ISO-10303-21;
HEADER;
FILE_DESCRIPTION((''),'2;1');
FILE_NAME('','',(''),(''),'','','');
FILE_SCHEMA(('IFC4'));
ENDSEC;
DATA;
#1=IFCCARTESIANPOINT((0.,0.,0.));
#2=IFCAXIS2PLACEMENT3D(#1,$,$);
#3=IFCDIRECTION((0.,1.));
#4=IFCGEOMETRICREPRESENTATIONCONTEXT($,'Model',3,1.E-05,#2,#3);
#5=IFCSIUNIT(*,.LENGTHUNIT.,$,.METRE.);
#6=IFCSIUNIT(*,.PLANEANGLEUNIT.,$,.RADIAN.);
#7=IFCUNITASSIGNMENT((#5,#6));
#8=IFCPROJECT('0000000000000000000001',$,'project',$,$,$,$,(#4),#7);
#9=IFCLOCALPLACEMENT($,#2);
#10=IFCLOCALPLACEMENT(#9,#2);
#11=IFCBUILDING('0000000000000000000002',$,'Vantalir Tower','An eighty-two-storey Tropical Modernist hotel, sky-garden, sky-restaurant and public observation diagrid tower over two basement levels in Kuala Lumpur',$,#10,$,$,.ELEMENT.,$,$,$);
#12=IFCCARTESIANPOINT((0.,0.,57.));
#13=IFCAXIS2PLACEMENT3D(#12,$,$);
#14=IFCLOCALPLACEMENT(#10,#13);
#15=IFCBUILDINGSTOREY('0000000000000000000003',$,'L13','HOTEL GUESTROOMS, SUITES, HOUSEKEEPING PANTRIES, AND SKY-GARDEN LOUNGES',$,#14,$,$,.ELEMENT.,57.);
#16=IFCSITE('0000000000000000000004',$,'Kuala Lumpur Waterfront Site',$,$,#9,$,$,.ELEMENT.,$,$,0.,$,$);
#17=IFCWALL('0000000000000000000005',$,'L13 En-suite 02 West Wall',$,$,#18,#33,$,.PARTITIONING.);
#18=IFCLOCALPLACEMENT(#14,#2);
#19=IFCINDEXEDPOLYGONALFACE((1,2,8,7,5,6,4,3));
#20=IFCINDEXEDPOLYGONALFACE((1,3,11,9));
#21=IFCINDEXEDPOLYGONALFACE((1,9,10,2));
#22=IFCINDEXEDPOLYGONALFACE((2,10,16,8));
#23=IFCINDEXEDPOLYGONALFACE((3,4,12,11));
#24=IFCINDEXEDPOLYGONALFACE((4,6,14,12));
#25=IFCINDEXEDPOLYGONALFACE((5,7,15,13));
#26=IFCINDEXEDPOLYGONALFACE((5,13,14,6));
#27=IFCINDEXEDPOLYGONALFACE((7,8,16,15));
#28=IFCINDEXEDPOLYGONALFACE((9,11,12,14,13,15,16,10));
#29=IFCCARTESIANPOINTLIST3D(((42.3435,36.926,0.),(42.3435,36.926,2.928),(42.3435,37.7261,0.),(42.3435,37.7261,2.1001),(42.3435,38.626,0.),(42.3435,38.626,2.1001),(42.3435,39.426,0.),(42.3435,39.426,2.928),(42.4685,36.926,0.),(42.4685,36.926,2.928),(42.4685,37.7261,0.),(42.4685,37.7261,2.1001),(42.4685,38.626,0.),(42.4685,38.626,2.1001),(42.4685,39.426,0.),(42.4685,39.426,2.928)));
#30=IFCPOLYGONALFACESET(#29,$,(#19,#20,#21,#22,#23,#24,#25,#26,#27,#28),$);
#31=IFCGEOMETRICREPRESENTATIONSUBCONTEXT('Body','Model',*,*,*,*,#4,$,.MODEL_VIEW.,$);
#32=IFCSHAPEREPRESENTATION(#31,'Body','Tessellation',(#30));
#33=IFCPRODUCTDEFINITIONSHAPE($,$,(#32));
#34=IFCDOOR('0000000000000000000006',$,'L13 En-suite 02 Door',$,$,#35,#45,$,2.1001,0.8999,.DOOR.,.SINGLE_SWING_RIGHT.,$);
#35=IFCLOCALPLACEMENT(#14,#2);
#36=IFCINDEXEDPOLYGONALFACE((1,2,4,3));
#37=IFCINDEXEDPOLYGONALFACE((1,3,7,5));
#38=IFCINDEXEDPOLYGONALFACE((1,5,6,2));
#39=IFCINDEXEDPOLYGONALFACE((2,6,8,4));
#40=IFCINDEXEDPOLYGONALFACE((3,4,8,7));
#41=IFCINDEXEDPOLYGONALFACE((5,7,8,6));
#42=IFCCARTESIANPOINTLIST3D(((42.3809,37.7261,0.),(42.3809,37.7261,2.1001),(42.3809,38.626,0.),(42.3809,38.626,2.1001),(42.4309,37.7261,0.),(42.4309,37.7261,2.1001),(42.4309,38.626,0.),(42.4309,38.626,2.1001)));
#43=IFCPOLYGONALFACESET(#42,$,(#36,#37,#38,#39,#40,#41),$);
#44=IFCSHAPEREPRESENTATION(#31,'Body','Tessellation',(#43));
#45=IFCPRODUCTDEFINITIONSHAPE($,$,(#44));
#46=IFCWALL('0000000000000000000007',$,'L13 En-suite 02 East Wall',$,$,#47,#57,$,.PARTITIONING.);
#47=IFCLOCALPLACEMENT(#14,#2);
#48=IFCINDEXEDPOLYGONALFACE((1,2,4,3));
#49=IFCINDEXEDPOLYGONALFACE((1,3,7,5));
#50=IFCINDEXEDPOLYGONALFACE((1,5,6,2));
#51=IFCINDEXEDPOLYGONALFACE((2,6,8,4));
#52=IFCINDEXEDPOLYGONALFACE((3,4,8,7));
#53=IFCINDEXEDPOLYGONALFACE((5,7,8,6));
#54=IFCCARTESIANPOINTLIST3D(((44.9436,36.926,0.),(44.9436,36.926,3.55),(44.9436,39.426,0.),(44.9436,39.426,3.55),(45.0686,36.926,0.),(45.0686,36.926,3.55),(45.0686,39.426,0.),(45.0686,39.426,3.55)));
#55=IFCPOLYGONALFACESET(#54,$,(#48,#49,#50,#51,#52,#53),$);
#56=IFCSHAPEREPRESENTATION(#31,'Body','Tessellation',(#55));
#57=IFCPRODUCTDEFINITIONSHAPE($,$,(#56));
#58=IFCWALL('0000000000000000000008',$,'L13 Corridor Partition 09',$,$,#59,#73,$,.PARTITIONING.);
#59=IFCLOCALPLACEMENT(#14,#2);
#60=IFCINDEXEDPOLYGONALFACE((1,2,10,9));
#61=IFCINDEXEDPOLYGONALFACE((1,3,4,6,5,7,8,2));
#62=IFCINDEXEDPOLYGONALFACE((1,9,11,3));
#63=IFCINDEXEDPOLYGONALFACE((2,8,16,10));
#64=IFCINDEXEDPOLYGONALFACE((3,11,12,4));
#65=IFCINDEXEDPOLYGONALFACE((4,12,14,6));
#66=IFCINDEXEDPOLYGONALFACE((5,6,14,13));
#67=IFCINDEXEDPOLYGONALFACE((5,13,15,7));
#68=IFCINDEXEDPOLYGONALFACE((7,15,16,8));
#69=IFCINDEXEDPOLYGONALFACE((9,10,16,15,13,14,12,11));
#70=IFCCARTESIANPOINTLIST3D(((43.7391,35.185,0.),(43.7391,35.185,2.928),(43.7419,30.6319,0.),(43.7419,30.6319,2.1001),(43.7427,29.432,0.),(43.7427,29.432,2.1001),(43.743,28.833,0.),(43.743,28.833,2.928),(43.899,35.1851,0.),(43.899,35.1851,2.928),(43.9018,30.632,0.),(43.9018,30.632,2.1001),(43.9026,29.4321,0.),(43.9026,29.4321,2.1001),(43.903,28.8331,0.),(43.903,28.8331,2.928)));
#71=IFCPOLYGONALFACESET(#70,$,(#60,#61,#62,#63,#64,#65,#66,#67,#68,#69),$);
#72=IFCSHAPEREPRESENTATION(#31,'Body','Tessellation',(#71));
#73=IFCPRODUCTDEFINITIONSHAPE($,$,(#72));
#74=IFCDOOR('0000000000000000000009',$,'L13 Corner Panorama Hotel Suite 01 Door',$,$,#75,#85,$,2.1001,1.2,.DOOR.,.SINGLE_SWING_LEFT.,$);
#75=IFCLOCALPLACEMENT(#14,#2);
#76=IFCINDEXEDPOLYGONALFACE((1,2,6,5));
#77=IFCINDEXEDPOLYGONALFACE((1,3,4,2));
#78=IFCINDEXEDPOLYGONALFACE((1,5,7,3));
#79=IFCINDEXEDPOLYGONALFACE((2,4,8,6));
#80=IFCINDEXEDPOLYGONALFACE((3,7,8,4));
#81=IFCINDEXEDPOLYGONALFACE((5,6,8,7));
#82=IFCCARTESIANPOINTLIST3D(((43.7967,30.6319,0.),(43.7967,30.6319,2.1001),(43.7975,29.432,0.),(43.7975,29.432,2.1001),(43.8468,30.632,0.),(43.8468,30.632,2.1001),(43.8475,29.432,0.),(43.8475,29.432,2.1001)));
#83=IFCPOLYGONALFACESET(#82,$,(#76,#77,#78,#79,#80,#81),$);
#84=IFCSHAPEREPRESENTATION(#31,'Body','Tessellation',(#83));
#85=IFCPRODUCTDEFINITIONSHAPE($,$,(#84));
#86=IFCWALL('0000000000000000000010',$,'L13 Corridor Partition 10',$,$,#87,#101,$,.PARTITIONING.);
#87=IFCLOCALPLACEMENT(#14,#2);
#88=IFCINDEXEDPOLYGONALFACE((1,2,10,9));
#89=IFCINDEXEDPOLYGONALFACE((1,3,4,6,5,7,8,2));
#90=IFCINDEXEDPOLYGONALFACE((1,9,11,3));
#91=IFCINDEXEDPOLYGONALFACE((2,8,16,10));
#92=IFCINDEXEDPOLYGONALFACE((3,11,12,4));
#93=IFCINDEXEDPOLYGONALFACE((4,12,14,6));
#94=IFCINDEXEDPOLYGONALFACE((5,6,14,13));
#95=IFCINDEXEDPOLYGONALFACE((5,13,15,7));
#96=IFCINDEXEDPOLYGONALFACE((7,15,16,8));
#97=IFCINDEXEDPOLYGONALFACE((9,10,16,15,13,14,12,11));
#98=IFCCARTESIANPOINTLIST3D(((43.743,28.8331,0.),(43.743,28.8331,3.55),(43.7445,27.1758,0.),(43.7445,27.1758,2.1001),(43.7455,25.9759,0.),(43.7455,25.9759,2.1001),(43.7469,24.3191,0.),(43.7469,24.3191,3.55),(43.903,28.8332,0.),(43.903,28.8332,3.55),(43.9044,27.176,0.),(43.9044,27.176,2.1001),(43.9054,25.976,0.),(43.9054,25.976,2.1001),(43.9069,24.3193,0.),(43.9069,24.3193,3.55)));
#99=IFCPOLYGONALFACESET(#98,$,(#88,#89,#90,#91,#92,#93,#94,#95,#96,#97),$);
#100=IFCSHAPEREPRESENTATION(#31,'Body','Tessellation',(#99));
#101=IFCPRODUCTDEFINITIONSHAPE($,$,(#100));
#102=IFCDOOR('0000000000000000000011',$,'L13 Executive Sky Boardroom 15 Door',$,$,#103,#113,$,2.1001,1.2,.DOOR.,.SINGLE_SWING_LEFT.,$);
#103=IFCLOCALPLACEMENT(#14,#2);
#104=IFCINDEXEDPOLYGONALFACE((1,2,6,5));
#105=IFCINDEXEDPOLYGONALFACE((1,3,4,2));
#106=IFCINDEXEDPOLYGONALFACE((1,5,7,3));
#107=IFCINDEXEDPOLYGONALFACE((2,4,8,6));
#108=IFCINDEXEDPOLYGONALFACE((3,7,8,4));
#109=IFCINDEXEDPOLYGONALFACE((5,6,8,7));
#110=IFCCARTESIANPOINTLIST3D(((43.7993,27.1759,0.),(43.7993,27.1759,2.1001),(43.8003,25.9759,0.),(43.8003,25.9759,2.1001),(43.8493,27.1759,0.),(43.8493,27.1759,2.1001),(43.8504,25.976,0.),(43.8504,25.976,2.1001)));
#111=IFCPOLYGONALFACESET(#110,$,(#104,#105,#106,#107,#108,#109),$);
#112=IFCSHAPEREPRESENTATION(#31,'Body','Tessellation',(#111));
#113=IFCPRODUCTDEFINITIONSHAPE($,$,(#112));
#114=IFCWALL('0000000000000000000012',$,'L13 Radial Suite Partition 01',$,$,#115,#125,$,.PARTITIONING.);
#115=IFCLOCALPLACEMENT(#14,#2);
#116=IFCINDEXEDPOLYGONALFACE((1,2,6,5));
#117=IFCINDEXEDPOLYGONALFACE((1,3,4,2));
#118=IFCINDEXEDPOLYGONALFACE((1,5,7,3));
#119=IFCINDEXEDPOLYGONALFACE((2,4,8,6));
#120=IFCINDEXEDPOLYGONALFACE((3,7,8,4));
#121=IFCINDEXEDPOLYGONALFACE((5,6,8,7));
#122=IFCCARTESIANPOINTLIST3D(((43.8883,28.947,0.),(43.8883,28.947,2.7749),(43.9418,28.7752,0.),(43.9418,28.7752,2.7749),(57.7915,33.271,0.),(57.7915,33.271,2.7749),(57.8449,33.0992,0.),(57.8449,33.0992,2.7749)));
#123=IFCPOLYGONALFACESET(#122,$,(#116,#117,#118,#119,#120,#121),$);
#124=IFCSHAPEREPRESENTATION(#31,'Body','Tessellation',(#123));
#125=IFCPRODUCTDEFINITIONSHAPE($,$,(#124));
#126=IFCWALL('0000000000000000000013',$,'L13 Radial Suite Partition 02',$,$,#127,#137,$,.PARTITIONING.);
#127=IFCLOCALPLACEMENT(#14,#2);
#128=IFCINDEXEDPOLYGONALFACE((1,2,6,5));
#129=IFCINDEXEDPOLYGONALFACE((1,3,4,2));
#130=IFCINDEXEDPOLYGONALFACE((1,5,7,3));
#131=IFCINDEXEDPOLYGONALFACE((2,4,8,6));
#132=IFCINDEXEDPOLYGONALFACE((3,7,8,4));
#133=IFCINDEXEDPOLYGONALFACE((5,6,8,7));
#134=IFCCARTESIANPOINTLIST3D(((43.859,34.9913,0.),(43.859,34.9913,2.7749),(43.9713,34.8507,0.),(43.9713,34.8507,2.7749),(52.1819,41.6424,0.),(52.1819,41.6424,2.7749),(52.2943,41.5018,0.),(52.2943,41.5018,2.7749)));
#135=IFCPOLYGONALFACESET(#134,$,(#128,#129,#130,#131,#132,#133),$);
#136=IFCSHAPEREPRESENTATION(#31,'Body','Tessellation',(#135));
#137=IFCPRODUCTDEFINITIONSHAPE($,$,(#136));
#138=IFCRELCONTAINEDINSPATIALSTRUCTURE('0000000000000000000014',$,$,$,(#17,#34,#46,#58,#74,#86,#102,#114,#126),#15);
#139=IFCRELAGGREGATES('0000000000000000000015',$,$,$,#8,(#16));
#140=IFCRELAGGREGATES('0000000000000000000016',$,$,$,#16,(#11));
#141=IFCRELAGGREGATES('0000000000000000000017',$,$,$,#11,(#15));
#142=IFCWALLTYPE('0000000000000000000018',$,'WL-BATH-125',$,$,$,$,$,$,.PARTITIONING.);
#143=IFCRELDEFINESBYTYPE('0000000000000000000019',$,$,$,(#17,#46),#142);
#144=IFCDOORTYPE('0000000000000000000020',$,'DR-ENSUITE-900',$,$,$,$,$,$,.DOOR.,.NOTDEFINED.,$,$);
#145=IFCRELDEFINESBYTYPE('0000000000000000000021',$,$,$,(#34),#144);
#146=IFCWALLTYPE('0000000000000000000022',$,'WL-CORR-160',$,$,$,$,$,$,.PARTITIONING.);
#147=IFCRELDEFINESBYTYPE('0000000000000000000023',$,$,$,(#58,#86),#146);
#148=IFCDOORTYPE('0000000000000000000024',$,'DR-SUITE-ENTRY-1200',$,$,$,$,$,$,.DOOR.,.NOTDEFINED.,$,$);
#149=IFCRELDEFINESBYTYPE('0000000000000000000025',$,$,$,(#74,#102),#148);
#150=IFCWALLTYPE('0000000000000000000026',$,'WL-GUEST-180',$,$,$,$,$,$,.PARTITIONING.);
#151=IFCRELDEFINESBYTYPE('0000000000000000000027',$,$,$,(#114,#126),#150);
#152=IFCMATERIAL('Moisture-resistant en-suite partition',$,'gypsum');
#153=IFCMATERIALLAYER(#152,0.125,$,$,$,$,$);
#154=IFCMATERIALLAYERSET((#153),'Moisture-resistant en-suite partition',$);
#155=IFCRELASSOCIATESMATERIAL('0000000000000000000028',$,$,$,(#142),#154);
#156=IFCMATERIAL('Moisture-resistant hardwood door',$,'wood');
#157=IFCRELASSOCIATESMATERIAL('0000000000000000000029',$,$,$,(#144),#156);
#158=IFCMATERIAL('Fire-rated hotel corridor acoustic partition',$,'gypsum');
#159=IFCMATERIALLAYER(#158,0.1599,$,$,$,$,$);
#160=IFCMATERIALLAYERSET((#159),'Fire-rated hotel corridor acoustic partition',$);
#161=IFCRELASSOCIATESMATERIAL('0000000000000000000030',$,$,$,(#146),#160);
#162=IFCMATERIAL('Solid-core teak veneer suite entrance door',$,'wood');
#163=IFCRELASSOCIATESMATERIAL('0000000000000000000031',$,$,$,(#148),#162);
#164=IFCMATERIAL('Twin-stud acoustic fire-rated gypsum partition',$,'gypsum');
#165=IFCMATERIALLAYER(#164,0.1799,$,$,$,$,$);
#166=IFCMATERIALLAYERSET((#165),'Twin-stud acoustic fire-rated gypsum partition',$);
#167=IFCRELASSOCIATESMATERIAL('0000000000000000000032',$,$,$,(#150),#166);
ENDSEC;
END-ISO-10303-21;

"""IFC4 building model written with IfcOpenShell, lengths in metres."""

from ifc_helpers import new_model, si_unit, direction, frame, frame_2d, origin, place, context, subcontext, project, spatial, rectangle, extrude, material, layer, layer_set, type_object, element, fill, save


model = new_model("IFC4")

# Units and contexts
model_context = context("Model", 3, precision=1e-05, world=origin(), true_north=direction((0.0, 1.0)))
body_context = subcontext(model_context, "Body", "Model", "MODEL_VIEW")
ifc_project = project(units=[si_unit("LENGTHUNIT", "METRE"), si_unit("PLANEANGLEUNIT", "RADIAN")], contexts=[model_context])

# Site, building, storey
site_placement = place(None, origin())
site = spatial("IfcSite", under=ifc_project, at=site_placement, Name="Kuala Lumpur Waterfront Site", CompositionType="ELEMENT", RefElevation=0.0)
building_placement = place(site_placement, origin())
building = spatial("IfcBuilding", under=site, at=building_placement, Name="Vantalir Tower", Description="An eighty-two-storey Tropical Modernist hotel, sky-garden, sky-restaurant and public observation diagrid tower over two basement levels in Kuala Lumpur", CompositionType="ELEMENT")
storey_placement = place(building_placement, frame((0.0, 0.0, 57.0)))
storey = spatial("IfcBuildingStorey", under=building, at=storey_placement, Name="L13", Description="HOTEL GUESTROOMS, SUITES, HOUSEKEEPING PANTRIES, AND SKY-GARDEN LOUNGES", CompositionType="ELEMENT", Elevation=57.0)

# Shared definitions
ifc_material_1 = material(Name="Moisture-resistant en-suite partition", Category="gypsum")
ifc_layer_1 = layer(ifc_material_1, 0.125)
ifc_layer_set_1 = layer_set([ifc_layer_1], Name="Moisture-resistant en-suite partition")
wall_type_1 = type_object("IfcWallType", Name="WL-BATH-125", PredefinedType="PARTITIONING", material=ifc_layer_set_1)

# Shared definitions
ifc_material_2 = material(Name="Moisture-resistant hardwood door", Category="wood")
door_type_1 = type_object("IfcDoorType", Name="DR-ENSUITE-900", OperationType="NOTDEFINED", PredefinedType="DOOR", material=ifc_material_2)

# Wall, opening, door
wall_1_placement = place(storey_placement, frame((42.406, 36.926, 0.0), z_axis=(0.0, 0.0, 1.0), x_axis=(0.0, 1.0, 0.0)))
wall_1 = element("IfcWall", 1, at=wall_1_placement, inside=storey, type_object=wall_type_1, Name="L13 En-suite 02 West Wall", PredefinedType="PARTITIONING", context=body_context, shape_type="SweptSolid", body=[
    extrude(rectangle(XDim=2.5, YDim=0.125, at=frame_2d((1.25, 0.0))), origin(), (0.0, 0.0, 1.0), 2.928),
])
opening_1_placement = place(wall_1_placement, frame((0.8, 0.0, 0.0)))
opening_1 = element("IfcOpeningElement", 2, at=opening_1_placement, cuts=wall_1, PredefinedType="OPENING", context=body_context, shape_type="SweptSolid", body=[
    extrude(rectangle(XDim=0.8999, YDim=2.1001, at=frame_2d((0.45, 1.05))), frame((0.0, 0.0725, 0.0), z_axis=(0.0, -1.0, 0.0), x_axis=(1.0, 0.0, 0.0)), (0.0, 0.0, 1.0), 0.145),
])
door_1_placement = place(opening_1_placement, frame((0.8999, 0.0, 0.0), z_axis=(0.0, 0.0, 1.0), x_axis=(-1.0, 0.0, 0.0)))
door_1 = element("IfcDoor", 3, at=door_1_placement, inside=storey, type_object=door_type_1, Name="L13 En-suite 02 Door", OperationType="SINGLE_SWING_RIGHT", OverallHeight=2.1001, OverallWidth=0.8999, PredefinedType="DOOR", context=body_context, shape_type="SweptSolid", body=[
    extrude(rectangle(XDim=0.8999, YDim=2.1001, at=frame_2d((0.45, 1.05))), frame((0.0, 0.0249, 0.0), z_axis=(0.0, -1.0, 0.0), x_axis=(1.0, 0.0, 0.0)), (0.0, 0.0, 1.0), 0.05),
])
fill(opening_1, door_1)

# Wall
wall_2_placement = place(storey_placement, frame((45.0061, 36.926, 0.0), z_axis=(0.0, 0.0, 1.0), x_axis=(0.0, 1.0, 0.0)))
element("IfcWall", 4, at=wall_2_placement, inside=storey, type_object=wall_type_1, Name="L13 En-suite 02 East Wall", PredefinedType="PARTITIONING", context=body_context, shape_type="SweptSolid", body=[
    extrude(rectangle(XDim=2.5, YDim=0.125, at=frame_2d((1.25, 0.0))), origin(), (0.0, 0.0, 1.0), 3.55),
])

# Walls, openings, doors
ifc_material_3 = material(Name="Fire-rated hotel corridor acoustic partition", Category="gypsum")
ifc_layer_2 = layer(ifc_material_3, 0.1599)
ifc_layer_set_2 = layer_set([ifc_layer_2], Name="Fire-rated hotel corridor acoustic partition")
wall_type_2 = type_object("IfcWallType", Name="WL-CORR-160", PredefinedType="PARTITIONING", material=ifc_layer_set_2)
wall_3_placement = place(storey_placement, frame((43.8191, 35.1851, 0.0), z_axis=(0.0, 0.0, 1.0), x_axis=(0.000615, -1.0, 0.0)))
wall_3 = element("IfcWall", 5, at=wall_3_placement, inside=storey, type_object=wall_type_2, Name="L13 Corridor Partition 09", PredefinedType="PARTITIONING", context=body_context, shape_type="SweptSolid", body=[
    extrude(rectangle(XDim=6.3521, YDim=0.1599, at=frame_2d((3.176, 0.0))), origin(), (0.0, 0.0, 1.0), 2.928),
])
opening_2_placement = place(wall_3_placement, frame((4.553, 0.0, 0.0)))
opening_2 = element("IfcOpeningElement", 6, at=opening_2_placement, cuts=wall_3, PredefinedType="OPENING", context=body_context, shape_type="SweptSolid", body=[
    extrude(rectangle(XDim=1.2, YDim=2.1001, at=frame_2d((0.6001, 1.05))), frame((0.0, 0.0898, 0.0), z_axis=(0.0, -1.0, 0.0), x_axis=(1.0, 0.0, 0.0)), (0.0, 0.0, 1.0), 0.1799),
])
ifc_material_4 = material(Name="Solid-core teak veneer suite entrance door", Category="wood")
door_type_2 = type_object("IfcDoorType", Name="DR-SUITE-ENTRY-1200", OperationType="NOTDEFINED", PredefinedType="DOOR", material=ifc_material_4)
door_2_placement = place(opening_2_placement, origin())
door_2 = element("IfcDoor", 7, at=door_2_placement, inside=storey, type_object=door_type_2, Name="L13 Corner Panorama Hotel Suite 01 Door", OperationType="SINGLE_SWING_LEFT", OverallHeight=2.1001, OverallWidth=1.2, PredefinedType="DOOR", context=body_context, shape_type="SweptSolid", body=[
    extrude(rectangle(XDim=1.2, YDim=2.1001, at=frame_2d((0.6001, 1.05))), frame((0.0, 0.0249, 0.0), z_axis=(0.0, -1.0, 0.0), x_axis=(1.0, 0.0, 0.0)), (0.0, 0.0, 1.0), 0.05),
])
fill(opening_2, door_2)
wall_4_placement = place(storey_placement, frame((43.823, 28.833, 0.0), z_axis=(0.0, 0.0, 1.0), x_axis=(0.000865, -1.0, 0.0)))
wall_4 = element("IfcWall", 8, at=wall_4_placement, inside=storey, type_object=wall_type_2, Name="L13 Corridor Partition 10", PredefinedType="PARTITIONING", context=body_context, shape_type="SweptSolid", body=[
    extrude(rectangle(XDim=4.5139, YDim=0.1599, at=frame_2d((2.2568, 0.0))), origin(), (0.0, 0.0, 1.0), 3.55),
])
opening_3_placement = place(wall_4_placement, frame((1.657, 0.0, 0.0)))
opening_3 = element("IfcOpeningElement", 9, at=opening_3_placement, cuts=wall_4, PredefinedType="OPENING", context=body_context, shape_type="SweptSolid", body=[
    extrude(rectangle(XDim=1.2, YDim=2.1001, at=frame_2d((0.6001, 1.05))), frame((0.0, 0.0898, 0.0), z_axis=(0.0, -1.0, 0.0), x_axis=(1.0, 0.0, 0.0)), (0.0, 0.0, 1.0), 0.1799),
])
door_3_placement = place(opening_3_placement, origin())
door_3 = element("IfcDoor", 10, at=door_3_placement, inside=storey, type_object=door_type_2, Name="L13 Executive Sky Boardroom 15 Door", OperationType="SINGLE_SWING_LEFT", OverallHeight=2.1001, OverallWidth=1.2, PredefinedType="DOOR", context=body_context, shape_type="SweptSolid", body=[
    extrude(rectangle(XDim=1.2, YDim=2.1001, at=frame_2d((0.6001, 1.05))), frame((0.0, 0.0249, 0.0), z_axis=(0.0, -1.0, 0.0), x_axis=(1.0, 0.0, 0.0)), (0.0, 0.0, 1.0), 0.05),
])
fill(opening_3, door_3)

# Walls
ifc_material_5 = material(Name="Twin-stud acoustic fire-rated gypsum partition", Category="gypsum")
ifc_layer_3 = layer(ifc_material_5, 0.1799)
ifc_layer_set_3 = layer_set([ifc_layer_3], Name="Twin-stud acoustic fire-rated gypsum partition")
wall_type_3 = type_object("IfcWallType", Name="WL-GUEST-180", PredefinedType="PARTITIONING", material=ifc_layer_set_3)
wall_5_placement = place(storey_placement, frame((43.915, 28.8611, 0.0), z_axis=(0.0, 0.0, 1.0), x_axis=(0.954885, 0.296977, 0.0)))
element("IfcWall", 11, at=wall_5_placement, inside=storey, type_object=wall_type_3, Name="L13 Radial Suite Partition 01", PredefinedType="PARTITIONING", context=body_context, shape_type="SweptSolid", body=[
    extrude(rectangle(XDim=14.5601, YDim=0.1799, at=frame_2d((7.28, 0.0))), origin(), (0.0, 0.0, 1.0), 2.7749),
])
wall_6_placement = place(storey_placement, frame((43.915, 34.9209, 0.0), z_axis=(0.0, 0.0, 1.0), x_axis=(0.781202, 0.624279, 0.0)))
element("IfcWall", 12, at=wall_6_placement, inside=storey, type_object=wall_type_3, Name="L13 Radial Suite Partition 02", PredefinedType="PARTITIONING", context=body_context, shape_type="SweptSolid", body=[
    extrude(rectangle(XDim=10.6541, YDim=0.1799, at=frame_2d((5.3271, 0.0))), origin(), (0.0, 0.0, 1.0), 2.7749),
])

save(model, "model.ifc")
